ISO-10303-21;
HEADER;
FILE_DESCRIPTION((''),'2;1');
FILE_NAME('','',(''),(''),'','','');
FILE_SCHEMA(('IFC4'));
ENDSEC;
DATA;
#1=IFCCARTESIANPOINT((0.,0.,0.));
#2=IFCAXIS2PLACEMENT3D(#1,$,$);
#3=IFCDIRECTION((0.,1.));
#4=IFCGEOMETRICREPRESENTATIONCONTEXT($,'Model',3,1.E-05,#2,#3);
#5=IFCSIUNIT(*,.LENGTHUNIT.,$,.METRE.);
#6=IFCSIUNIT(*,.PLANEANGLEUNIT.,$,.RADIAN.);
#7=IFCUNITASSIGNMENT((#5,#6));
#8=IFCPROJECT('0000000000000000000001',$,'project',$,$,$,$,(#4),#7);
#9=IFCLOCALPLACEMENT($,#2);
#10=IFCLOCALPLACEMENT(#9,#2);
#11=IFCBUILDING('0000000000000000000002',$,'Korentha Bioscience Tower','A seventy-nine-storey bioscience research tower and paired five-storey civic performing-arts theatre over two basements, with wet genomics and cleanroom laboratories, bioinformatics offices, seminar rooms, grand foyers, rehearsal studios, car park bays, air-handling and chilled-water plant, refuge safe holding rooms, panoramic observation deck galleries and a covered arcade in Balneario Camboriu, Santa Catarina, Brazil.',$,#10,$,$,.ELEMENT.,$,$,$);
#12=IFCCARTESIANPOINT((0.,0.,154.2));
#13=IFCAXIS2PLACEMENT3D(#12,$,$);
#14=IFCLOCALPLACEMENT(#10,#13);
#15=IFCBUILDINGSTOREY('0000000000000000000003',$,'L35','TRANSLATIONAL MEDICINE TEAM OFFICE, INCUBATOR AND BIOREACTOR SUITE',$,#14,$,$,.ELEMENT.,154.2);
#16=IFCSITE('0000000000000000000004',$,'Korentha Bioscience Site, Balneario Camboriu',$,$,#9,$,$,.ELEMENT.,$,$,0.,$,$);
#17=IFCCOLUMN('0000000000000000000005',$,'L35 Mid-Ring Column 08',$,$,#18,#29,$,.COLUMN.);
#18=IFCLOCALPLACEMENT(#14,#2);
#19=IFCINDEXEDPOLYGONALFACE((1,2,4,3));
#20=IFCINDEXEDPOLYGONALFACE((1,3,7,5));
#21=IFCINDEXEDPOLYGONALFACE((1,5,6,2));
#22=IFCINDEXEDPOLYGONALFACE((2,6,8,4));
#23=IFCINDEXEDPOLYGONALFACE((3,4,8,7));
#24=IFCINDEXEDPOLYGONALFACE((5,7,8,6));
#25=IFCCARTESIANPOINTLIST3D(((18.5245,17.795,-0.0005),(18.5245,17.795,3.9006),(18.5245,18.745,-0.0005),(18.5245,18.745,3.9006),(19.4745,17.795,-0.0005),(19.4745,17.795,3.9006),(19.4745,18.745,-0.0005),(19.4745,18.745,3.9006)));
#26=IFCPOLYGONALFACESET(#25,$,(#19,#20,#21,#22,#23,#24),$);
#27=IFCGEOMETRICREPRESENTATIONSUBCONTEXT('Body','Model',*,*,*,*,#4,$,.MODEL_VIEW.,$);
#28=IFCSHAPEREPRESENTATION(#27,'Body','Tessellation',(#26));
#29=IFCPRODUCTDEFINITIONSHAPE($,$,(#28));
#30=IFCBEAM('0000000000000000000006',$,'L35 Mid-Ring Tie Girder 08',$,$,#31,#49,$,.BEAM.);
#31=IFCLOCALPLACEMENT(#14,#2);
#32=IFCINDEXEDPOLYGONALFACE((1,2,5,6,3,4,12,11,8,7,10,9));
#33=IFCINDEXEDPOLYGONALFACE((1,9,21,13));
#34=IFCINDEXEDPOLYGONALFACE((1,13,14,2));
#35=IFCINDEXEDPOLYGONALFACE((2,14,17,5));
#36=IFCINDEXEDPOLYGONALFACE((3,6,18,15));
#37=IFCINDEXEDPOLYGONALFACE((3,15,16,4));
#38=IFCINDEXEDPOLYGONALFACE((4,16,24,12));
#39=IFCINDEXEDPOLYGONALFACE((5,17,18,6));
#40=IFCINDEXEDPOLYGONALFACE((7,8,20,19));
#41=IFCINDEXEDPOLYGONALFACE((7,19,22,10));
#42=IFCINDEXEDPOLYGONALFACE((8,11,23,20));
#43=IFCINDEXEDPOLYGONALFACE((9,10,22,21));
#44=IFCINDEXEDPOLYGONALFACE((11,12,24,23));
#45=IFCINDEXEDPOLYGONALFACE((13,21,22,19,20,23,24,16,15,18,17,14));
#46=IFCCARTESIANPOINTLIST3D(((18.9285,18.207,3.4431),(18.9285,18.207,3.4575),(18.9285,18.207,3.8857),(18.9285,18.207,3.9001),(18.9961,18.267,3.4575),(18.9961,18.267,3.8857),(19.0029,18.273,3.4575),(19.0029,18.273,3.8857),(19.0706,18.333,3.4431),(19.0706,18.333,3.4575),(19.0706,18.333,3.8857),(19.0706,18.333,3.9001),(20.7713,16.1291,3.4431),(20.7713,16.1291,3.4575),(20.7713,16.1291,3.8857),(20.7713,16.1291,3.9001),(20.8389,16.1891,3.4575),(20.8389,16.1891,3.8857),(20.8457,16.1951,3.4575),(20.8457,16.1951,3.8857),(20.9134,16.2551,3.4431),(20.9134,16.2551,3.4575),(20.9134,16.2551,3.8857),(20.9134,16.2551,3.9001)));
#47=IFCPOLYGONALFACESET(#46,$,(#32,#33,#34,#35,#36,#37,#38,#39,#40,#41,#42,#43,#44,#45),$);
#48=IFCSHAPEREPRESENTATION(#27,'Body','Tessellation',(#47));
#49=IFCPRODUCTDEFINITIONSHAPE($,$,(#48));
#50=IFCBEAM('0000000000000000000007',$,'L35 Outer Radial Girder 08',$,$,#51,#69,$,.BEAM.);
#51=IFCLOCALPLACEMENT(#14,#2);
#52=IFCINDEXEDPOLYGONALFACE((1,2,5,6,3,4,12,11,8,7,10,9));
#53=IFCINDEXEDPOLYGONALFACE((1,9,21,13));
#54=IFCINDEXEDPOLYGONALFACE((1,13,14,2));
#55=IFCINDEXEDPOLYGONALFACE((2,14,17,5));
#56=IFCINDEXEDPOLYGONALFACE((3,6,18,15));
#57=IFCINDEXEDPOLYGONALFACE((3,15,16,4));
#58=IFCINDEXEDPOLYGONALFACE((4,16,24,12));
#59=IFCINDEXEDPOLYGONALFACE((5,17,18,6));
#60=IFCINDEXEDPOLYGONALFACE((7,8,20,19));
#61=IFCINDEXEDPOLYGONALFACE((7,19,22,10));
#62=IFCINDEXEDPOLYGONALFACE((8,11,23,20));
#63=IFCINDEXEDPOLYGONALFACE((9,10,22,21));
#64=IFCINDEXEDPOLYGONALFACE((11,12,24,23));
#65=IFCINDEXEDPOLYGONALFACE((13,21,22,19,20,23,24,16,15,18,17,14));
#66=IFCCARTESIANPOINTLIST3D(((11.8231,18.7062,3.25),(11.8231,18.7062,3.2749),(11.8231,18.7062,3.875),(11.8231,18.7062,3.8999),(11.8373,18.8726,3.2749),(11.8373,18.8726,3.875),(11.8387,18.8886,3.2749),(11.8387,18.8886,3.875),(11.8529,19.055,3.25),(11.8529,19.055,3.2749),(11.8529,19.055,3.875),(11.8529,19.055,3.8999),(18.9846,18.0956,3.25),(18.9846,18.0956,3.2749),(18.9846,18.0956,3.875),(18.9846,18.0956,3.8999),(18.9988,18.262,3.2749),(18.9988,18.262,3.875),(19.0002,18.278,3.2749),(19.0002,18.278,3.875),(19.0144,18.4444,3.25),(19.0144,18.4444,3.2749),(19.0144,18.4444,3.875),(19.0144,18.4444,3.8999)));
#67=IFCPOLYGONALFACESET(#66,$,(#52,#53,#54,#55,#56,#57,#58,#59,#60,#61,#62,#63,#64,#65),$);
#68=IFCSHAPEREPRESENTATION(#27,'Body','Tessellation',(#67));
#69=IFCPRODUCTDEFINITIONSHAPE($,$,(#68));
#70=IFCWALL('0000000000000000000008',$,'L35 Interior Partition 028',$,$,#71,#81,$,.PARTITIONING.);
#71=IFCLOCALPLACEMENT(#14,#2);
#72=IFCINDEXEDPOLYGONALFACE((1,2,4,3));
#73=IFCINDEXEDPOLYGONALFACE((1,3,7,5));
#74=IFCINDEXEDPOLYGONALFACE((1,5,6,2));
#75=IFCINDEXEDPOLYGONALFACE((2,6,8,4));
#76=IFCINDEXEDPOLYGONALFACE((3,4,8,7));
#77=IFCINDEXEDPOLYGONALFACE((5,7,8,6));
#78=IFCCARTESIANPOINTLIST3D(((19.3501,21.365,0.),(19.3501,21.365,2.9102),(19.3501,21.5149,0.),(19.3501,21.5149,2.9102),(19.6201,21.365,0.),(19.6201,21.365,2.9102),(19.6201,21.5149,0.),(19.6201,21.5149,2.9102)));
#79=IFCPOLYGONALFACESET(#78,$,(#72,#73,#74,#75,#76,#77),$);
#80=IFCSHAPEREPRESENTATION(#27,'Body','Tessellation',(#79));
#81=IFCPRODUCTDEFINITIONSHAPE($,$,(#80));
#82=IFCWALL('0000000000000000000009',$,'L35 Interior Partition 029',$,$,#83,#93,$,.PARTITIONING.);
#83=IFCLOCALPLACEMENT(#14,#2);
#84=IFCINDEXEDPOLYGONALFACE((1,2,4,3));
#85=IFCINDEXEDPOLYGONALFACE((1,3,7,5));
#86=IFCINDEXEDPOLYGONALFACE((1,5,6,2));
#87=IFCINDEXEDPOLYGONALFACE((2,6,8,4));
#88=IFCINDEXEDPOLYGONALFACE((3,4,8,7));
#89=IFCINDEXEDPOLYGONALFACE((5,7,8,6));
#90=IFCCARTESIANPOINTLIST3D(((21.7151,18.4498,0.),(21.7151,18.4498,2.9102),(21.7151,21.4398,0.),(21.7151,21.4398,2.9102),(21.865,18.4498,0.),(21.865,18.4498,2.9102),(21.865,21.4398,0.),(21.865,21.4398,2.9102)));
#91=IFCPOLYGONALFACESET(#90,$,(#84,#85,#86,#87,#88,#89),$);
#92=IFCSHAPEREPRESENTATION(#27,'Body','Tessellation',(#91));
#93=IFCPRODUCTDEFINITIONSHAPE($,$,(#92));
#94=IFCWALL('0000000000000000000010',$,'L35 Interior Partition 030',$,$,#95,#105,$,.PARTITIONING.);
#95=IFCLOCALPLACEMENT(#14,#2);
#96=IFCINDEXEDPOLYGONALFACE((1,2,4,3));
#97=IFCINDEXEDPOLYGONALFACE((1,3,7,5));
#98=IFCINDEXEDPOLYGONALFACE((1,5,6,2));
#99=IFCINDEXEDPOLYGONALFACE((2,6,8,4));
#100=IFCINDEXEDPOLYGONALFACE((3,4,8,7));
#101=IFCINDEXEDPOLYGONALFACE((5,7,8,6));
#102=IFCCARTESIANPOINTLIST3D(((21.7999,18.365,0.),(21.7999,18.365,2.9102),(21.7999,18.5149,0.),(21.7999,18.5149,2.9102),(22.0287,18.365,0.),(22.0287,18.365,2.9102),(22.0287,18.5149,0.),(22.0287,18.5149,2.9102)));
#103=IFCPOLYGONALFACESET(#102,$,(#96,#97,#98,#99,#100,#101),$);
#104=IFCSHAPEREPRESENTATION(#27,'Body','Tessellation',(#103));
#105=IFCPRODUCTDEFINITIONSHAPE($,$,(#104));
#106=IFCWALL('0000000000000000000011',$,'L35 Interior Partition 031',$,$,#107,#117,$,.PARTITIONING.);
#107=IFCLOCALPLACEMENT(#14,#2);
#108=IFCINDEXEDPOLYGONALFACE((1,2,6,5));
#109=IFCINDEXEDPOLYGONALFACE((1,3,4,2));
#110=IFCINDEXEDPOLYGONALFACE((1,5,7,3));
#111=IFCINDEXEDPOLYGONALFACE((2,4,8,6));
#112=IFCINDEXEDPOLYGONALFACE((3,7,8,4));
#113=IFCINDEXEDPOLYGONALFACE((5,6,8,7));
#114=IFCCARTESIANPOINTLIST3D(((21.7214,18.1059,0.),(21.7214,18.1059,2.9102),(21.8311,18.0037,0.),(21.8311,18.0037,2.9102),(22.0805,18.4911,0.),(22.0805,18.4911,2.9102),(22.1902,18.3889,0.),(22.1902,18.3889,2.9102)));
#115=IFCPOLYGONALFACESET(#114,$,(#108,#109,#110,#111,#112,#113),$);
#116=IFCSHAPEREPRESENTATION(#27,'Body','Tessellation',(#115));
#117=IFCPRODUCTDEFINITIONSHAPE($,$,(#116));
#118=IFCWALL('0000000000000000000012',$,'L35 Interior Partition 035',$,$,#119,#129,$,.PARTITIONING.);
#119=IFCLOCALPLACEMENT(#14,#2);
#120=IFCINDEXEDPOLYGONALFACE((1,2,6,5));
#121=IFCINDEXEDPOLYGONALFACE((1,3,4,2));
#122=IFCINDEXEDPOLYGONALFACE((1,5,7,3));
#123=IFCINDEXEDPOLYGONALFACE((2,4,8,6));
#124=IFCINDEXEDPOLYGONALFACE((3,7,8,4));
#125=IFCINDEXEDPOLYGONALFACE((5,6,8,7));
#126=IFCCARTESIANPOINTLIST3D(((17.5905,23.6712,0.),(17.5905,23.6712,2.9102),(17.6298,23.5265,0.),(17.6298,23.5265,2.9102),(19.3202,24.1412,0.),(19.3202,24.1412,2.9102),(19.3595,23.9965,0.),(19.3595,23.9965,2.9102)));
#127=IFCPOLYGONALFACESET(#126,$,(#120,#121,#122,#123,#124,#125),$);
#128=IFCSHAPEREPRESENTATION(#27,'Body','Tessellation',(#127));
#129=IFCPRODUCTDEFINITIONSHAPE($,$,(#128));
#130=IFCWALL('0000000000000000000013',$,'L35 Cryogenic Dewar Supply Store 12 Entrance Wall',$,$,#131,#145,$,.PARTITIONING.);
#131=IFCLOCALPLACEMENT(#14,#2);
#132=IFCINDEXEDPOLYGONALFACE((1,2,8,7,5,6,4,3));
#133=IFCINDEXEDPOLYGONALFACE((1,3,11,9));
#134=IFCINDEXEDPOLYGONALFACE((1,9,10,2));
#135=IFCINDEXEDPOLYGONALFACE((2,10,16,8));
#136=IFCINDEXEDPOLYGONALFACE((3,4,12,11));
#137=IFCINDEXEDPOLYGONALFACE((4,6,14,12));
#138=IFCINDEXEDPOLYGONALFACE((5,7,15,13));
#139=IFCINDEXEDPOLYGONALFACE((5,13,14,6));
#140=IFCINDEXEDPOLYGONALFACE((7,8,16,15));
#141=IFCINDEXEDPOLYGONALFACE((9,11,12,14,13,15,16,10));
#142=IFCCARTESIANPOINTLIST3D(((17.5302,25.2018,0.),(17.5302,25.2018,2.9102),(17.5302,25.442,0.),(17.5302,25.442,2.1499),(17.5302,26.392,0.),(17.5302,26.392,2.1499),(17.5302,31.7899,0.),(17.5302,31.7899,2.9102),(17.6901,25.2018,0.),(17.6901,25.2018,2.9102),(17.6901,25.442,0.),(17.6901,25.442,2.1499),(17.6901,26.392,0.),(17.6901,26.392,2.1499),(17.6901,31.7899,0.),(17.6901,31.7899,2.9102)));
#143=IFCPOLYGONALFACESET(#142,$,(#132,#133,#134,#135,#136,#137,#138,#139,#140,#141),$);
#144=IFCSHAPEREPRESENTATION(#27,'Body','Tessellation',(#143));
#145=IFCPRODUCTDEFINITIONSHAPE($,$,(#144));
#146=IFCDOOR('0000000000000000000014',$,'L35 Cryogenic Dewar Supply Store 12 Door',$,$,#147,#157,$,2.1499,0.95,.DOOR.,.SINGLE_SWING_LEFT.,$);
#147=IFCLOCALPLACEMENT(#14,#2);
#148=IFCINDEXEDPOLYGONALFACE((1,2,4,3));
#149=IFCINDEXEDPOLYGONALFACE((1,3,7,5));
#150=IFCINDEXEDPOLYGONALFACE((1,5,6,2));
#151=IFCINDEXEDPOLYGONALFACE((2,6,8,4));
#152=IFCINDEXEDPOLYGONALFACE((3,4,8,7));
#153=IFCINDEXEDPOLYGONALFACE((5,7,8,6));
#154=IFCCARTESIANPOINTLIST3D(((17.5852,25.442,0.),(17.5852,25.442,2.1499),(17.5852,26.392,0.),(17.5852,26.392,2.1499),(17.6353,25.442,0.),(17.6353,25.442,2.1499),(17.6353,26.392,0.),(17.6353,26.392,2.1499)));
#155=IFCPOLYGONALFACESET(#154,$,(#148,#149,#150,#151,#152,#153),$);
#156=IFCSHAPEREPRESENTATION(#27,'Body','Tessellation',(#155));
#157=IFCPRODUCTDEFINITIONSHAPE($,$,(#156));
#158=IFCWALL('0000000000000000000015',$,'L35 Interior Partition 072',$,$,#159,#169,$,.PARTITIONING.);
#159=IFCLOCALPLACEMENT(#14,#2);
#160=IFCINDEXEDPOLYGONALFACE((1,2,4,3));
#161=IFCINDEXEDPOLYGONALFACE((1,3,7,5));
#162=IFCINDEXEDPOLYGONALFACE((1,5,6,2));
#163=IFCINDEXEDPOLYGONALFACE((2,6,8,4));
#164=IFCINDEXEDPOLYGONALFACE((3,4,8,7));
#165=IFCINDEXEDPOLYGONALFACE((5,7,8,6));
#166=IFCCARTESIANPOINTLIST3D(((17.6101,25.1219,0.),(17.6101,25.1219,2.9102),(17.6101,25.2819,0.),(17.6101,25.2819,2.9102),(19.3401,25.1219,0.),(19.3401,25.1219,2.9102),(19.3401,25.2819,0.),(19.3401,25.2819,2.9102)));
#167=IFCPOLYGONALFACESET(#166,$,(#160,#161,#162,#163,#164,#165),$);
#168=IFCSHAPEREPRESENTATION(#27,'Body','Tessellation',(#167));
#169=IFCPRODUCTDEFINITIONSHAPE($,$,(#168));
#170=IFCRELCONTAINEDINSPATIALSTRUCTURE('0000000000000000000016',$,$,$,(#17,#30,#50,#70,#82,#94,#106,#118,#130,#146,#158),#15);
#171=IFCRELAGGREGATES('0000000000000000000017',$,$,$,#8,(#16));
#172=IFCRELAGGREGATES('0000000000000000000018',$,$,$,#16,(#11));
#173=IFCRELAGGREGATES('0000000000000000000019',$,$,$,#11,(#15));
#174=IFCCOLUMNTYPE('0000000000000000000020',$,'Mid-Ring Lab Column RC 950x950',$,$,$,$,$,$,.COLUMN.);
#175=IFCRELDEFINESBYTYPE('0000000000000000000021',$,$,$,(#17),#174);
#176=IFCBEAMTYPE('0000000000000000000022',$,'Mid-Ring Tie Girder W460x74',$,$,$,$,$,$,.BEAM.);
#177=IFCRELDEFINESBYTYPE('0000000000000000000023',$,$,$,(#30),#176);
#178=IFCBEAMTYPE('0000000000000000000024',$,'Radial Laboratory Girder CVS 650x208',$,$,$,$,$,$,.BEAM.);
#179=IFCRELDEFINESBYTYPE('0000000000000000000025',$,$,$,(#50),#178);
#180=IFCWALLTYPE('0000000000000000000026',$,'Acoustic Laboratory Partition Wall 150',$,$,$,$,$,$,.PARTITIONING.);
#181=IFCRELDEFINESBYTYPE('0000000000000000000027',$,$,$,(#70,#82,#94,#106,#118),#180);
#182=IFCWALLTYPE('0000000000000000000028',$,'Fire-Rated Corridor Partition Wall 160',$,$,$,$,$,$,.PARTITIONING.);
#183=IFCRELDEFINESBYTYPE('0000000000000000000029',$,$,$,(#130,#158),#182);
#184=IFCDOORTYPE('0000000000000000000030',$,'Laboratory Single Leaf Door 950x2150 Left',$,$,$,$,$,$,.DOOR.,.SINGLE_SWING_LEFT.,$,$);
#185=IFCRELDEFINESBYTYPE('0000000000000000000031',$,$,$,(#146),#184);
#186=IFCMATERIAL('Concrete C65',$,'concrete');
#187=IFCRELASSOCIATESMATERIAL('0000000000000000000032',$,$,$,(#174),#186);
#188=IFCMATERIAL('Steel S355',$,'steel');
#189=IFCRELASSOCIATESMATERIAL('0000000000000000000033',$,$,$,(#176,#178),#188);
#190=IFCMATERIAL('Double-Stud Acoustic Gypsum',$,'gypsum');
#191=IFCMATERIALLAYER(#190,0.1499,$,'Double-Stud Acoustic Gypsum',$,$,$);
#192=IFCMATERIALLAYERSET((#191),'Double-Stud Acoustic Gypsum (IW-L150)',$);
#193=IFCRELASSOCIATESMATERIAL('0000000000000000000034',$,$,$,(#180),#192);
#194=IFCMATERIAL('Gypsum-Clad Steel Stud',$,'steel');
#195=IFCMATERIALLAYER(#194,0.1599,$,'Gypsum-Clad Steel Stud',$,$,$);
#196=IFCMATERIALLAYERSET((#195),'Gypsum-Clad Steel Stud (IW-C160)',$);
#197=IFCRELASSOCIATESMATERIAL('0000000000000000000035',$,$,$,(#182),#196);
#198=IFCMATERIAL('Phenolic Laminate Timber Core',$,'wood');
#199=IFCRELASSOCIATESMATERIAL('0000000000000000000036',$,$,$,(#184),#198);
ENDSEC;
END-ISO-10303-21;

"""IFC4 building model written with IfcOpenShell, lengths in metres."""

from ifc_helpers import new_model, si_unit, direction, frame, frame_2d, origin, origin_2d, place, context, subcontext, project, spatial, rectangle, i_section, extrude, material, layer, layer_set, material_profile, profile_set, type_object, element, fill, save


model = new_model("IFC4")

# Units and contexts
model_context = context("Model", 3, precision=1e-05, world=origin(), true_north=direction((0.0, 1.0)))
body_context = subcontext(model_context, "Body", "Model", "MODEL_VIEW")
ifc_project = project(units=[si_unit("LENGTHUNIT", "METRE"), si_unit("PLANEANGLEUNIT", "RADIAN")], contexts=[model_context])

# Site, building, storey
site_placement = place(None, origin())
site = spatial("IfcSite", under=ifc_project, at=site_placement, Name="Korentha Bioscience Site, Balneario Camboriu", CompositionType="ELEMENT", RefElevation=0.0)
building_placement = place(site_placement, origin())
building = spatial("IfcBuilding", under=site, at=building_placement, Name="Korentha Bioscience Tower", Description="A seventy-nine-storey bioscience research tower and paired five-storey civic performing-arts theatre over two basements, with wet genomics and cleanroom laboratories, bioinformatics offices, seminar rooms, grand foyers, rehearsal studios, car park bays, air-handling and chilled-water plant, refuge safe holding rooms, panoramic observation deck galleries and a covered arcade in Balneario Camboriu, Santa Catarina, Brazil.", CompositionType="ELEMENT")
storey_placement = place(building_placement, frame((0.0, 0.0, 154.2)))
storey = spatial("IfcBuildingStorey", under=building, at=storey_placement, Name="L35", Description="TRANSLATIONAL MEDICINE TEAM OFFICE, INCUBATOR AND BIOREACTOR SUITE", CompositionType="ELEMENT", Elevation=154.2)

# Column
ifc_material_1 = material(Name="Concrete C65", Category="concrete")
ifc_material_profile_1 = material_profile(ifc_material_1, rectangle(XDim=0.95, YDim=0.95, at=origin_2d()), Name="Concrete C65")
ifc_profile_set_1 = profile_set([ifc_material_profile_1], Name="Concrete C65 (COL-MR09)")
column_type = type_object("IfcColumnType", Name="Mid-Ring Lab Column RC 950x950", PredefinedType="COLUMN", material=ifc_profile_set_1)
column_placement = place(storey_placement, frame((18.9995, 18.27, -0.0005), z_axis=(0.0, 0.0, 1.0), x_axis=(1.0, 0.0, 0.0)))
element("IfcColumn", 1, at=column_placement, inside=storey, type_object=column_type, Name="L35 Mid-Ring Column 08", PredefinedType="COLUMN", context=body_context, shape_type="SweptSolid", body=[
    extrude(rectangle(XDim=0.95, YDim=0.95, at=origin_2d()), origin(), (0.0, 0.0, 1.0), 3.9011),
])

# Beams
ifc_material_2 = material(Name="Steel S355", Category="steel")
ifc_material_profile_2 = material_profile(ifc_material_2, i_section(OverallWidth=0.1899, OverallDepth=0.457, WebThickness=0.009, FlangeThickness=0.0144, at=origin_2d()), Name="Steel S355")
ifc_profile_set_2 = profile_set([ifc_material_profile_2], Name="Steel S355 (MB-460)")
beam_type_1 = type_object("IfcBeamType", Name="Mid-Ring Tie Girder W460x74", PredefinedType="BEAM", material=ifc_profile_set_2)
beam_1_placement = place(storey_placement, frame((18.9995, 18.27, 3.6716), z_axis=(0.663512, -0.748165, 0.0), x_axis=(0.748165, 0.663512, 0.0)))
element("IfcBeam", 2, at=beam_1_placement, inside=storey, type_object=beam_type_1, Name="L35 Mid-Ring Tie Girder 08", PredefinedType="BEAM", context=body_context, shape_type="SweptSolid", body=[
    extrude(i_section(OverallWidth=0.1899, OverallDepth=0.457, WebThickness=0.009, FlangeThickness=0.0144, at=origin_2d()), origin(), (0.0, 0.0, 1.0), 2.7773),
])
ifc_material_profile_3 = material_profile(ifc_material_2, i_section(OverallWidth=0.3501, OverallDepth=0.6499, WebThickness=0.0161, FlangeThickness=0.0249, at=origin_2d()), Name="Steel S355")
ifc_profile_set_3 = profile_set([ifc_material_profile_3], Name="Steel S355 (RB-650)")
beam_type_2 = type_object("IfcBeamType", Name="Radial Laboratory Girder CVS 650x208", PredefinedType="BEAM", material=ifc_profile_set_3)
beam_2_placement = place(storey_placement, frame((18.9995, 18.27, 3.575), z_axis=(-0.996385, 0.084951, 0.0), x_axis=(-0.084951, -0.996385, 0.0)))
element("IfcBeam", 3, at=beam_2_placement, inside=storey, type_object=beam_type_2, Name="L35 Outer Radial Girder 08", PredefinedType="BEAM", context=body_context, shape_type="SweptSolid", body=[
    extrude(i_section(OverallWidth=0.3501, OverallDepth=0.6499, WebThickness=0.0161, FlangeThickness=0.0249, at=origin_2d()), origin(), (0.0, 0.0, 1.0), 7.1875),
])

# Walls
ifc_material_3 = material(Name="Double-Stud Acoustic Gypsum", Category="gypsum")
ifc_layer_1 = layer(ifc_material_3, 0.1499, Name="Double-Stud Acoustic Gypsum")
ifc_layer_set_1 = layer_set([ifc_layer_1], Name="Double-Stud Acoustic Gypsum (IW-L150)")
wall_type_1 = type_object("IfcWallType", Name="Acoustic Laboratory Partition Wall 150", PredefinedType="PARTITIONING", material=ifc_layer_set_1)
wall_1_placement = place(storey_placement, frame((19.3501, 21.4399, 0.0), z_axis=(0.0, 0.0, 1.0), x_axis=(1.0, 0.0, 0.0)))
element("IfcWall", 4, at=wall_1_placement, inside=storey, type_object=wall_type_1, Name="L35 Interior Partition 028", PredefinedType="PARTITIONING", context=body_context, shape_type="SweptSolid", body=[
    extrude(rectangle(XDim=0.27, YDim=0.1499, at=frame_2d((0.135, 0.0))), origin(), (0.0, 0.0, 1.0), 2.9102),
])
wall_2_placement = place(storey_placement, frame((21.79, 21.4399, 0.0), z_axis=(0.0, 0.0, 1.0), x_axis=(0.0, -1.0, 0.0)))
element("IfcWall", 5, at=wall_2_placement, inside=storey, type_object=wall_type_1, Name="L35 Interior Partition 029", PredefinedType="PARTITIONING", context=body_context, shape_type="SweptSolid", body=[
    extrude(rectangle(XDim=2.99, YDim=0.1499, at=frame_2d((1.4951, 0.0))), origin(), (0.0, 0.0, 1.0), 2.9102),
])
wall_3_placement = place(storey_placement, frame((21.8, 18.4399, 0.0), z_axis=(0.0, 0.0, 1.0), x_axis=(1.0, 0.0, 0.0)))
element("IfcWall", 6, at=wall_3_placement, inside=storey, type_object=wall_type_1, Name="L35 Interior Partition 030", PredefinedType="PARTITIONING", context=body_context, shape_type="SweptSolid", body=[
    extrude(rectangle(XDim=0.2288, YDim=0.1499, at=frame_2d((0.1143, 0.0))), origin(), (0.0, 0.0, 1.0), 2.9102),
])
wall_4_placement = place(storey_placement, frame((22.1353, 18.4399, 0.0), z_axis=(0.0, 0.0, 1.0), x_axis=(-0.681872, -0.731471, 0.0)))
element("IfcWall", 7, at=wall_4_placement, inside=storey, type_object=wall_type_1, Name="L35 Interior Partition 031", PredefinedType="PARTITIONING", context=body_context, shape_type="SweptSolid", body=[
    extrude(rectangle(XDim=0.5266, YDim=0.1499, at=frame_2d((0.2632, 0.0))), origin(), (0.0, 0.0, 1.0), 2.9102),
])
wall_5_placement = place(storey_placement, frame((17.6101, 23.5989, 0.0), z_axis=(0.0, 0.0, 1.0), x_axis=(0.965015, 0.262195, 0.0)))
element("IfcWall", 8, at=wall_5_placement, inside=storey, type_object=wall_type_1, Name="L35 Interior Partition 035", PredefinedType="PARTITIONING", context=body_context, shape_type="SweptSolid", body=[
    extrude(rectangle(XDim=1.7925, YDim=0.1499, at=frame_2d((0.8962, 0.0))), origin(), (0.0, 0.0, 1.0), 2.9102),
])

# Wall, opening, door
ifc_material_4 = material(Name="Gypsum-Clad Steel Stud", Category="steel")
ifc_layer_2 = layer(ifc_material_4, 0.1599, Name="Gypsum-Clad Steel Stud")
ifc_layer_set_2 = layer_set([ifc_layer_2], Name="Gypsum-Clad Steel Stud (IW-C160)")
wall_type_2 = type_object("IfcWallType", Name="Fire-Rated Corridor Partition Wall 160", PredefinedType="PARTITIONING", material=ifc_layer_set_2)
wall_6_placement = place(storey_placement, frame((17.6101, 25.2019, 0.0), z_axis=(0.0, 0.0, 1.0), x_axis=(0.0, 1.0, 0.0)))
wall_6 = element("IfcWall", 9, at=wall_6_placement, inside=storey, type_object=wall_type_2, Name="L35 Cryogenic Dewar Supply Store 12 Entrance Wall", PredefinedType="PARTITIONING", context=body_context, shape_type="SweptSolid", body=[
    extrude(rectangle(XDim=6.5881, YDim=0.1599, at=frame_2d((3.2939, 0.0))), origin(), (0.0, 0.0, 1.0), 2.9102),
])
opening_1_placement = place(wall_6_placement, frame((0.24, 0.0, 0.0)))
opening_1 = element("IfcOpeningElement", 10, at=opening_1_placement, cuts=wall_6, PredefinedType="OPENING", context=body_context, shape_type="SweptSolid", body=[
    extrude(rectangle(XDim=0.95, YDim=2.1499, at=frame_2d((0.4751, 1.075))), frame((0.0, 0.0947, 0.0), z_axis=(0.0, -1.0, 0.0), x_axis=(1.0, 0.0, 0.0)), (0.0, 0.0, 1.0), 0.1897),
])
ifc_material_5 = material(Name="Phenolic Laminate Timber Core", Category="wood")
door_type_1 = type_object("IfcDoorType", Name="Laboratory Single Leaf Door 950x2150 Left", OperationType="SINGLE_SWING_LEFT", PredefinedType="DOOR", material=ifc_material_5)
door_1_placement = place(opening_1_placement, origin())
door_1 = element("IfcDoor", 11, at=door_1_placement, inside=storey, type_object=door_type_1, Name="L35 Cryogenic Dewar Supply Store 12 Door", OperationType="SINGLE_SWING_LEFT", OverallHeight=2.1499, OverallWidth=0.95, PredefinedType="DOOR", context=body_context, shape_type="SweptSolid", body=[
    extrude(rectangle(XDim=0.95, YDim=2.1499, at=frame_2d((0.4751, 1.075))), frame((0.0, 0.0249, 0.0), z_axis=(0.0, -1.0, 0.0), x_axis=(1.0, 0.0, 0.0)), (0.0, 0.0, 1.0), 0.05),
])
fill(opening_1, door_1)

# Wall
wall_7_placement = place(storey_placement, frame((19.3401, 25.2019, 0.0), z_axis=(0.0, 0.0, 1.0), x_axis=(-1.0, 0.0, 0.0)))
element("IfcWall", 12, at=wall_7_placement, inside=storey, type_object=wall_type_2, Name="L35 Interior Partition 072", PredefinedType="PARTITIONING", context=body_context, shape_type="SweptSolid", body=[
    extrude(rectangle(XDim=1.73, YDim=0.1599, at=frame_2d((0.865, 0.0))), origin(), (0.0, 0.0, 1.0), 2.9102),
])

save(model, "model.ifc")
